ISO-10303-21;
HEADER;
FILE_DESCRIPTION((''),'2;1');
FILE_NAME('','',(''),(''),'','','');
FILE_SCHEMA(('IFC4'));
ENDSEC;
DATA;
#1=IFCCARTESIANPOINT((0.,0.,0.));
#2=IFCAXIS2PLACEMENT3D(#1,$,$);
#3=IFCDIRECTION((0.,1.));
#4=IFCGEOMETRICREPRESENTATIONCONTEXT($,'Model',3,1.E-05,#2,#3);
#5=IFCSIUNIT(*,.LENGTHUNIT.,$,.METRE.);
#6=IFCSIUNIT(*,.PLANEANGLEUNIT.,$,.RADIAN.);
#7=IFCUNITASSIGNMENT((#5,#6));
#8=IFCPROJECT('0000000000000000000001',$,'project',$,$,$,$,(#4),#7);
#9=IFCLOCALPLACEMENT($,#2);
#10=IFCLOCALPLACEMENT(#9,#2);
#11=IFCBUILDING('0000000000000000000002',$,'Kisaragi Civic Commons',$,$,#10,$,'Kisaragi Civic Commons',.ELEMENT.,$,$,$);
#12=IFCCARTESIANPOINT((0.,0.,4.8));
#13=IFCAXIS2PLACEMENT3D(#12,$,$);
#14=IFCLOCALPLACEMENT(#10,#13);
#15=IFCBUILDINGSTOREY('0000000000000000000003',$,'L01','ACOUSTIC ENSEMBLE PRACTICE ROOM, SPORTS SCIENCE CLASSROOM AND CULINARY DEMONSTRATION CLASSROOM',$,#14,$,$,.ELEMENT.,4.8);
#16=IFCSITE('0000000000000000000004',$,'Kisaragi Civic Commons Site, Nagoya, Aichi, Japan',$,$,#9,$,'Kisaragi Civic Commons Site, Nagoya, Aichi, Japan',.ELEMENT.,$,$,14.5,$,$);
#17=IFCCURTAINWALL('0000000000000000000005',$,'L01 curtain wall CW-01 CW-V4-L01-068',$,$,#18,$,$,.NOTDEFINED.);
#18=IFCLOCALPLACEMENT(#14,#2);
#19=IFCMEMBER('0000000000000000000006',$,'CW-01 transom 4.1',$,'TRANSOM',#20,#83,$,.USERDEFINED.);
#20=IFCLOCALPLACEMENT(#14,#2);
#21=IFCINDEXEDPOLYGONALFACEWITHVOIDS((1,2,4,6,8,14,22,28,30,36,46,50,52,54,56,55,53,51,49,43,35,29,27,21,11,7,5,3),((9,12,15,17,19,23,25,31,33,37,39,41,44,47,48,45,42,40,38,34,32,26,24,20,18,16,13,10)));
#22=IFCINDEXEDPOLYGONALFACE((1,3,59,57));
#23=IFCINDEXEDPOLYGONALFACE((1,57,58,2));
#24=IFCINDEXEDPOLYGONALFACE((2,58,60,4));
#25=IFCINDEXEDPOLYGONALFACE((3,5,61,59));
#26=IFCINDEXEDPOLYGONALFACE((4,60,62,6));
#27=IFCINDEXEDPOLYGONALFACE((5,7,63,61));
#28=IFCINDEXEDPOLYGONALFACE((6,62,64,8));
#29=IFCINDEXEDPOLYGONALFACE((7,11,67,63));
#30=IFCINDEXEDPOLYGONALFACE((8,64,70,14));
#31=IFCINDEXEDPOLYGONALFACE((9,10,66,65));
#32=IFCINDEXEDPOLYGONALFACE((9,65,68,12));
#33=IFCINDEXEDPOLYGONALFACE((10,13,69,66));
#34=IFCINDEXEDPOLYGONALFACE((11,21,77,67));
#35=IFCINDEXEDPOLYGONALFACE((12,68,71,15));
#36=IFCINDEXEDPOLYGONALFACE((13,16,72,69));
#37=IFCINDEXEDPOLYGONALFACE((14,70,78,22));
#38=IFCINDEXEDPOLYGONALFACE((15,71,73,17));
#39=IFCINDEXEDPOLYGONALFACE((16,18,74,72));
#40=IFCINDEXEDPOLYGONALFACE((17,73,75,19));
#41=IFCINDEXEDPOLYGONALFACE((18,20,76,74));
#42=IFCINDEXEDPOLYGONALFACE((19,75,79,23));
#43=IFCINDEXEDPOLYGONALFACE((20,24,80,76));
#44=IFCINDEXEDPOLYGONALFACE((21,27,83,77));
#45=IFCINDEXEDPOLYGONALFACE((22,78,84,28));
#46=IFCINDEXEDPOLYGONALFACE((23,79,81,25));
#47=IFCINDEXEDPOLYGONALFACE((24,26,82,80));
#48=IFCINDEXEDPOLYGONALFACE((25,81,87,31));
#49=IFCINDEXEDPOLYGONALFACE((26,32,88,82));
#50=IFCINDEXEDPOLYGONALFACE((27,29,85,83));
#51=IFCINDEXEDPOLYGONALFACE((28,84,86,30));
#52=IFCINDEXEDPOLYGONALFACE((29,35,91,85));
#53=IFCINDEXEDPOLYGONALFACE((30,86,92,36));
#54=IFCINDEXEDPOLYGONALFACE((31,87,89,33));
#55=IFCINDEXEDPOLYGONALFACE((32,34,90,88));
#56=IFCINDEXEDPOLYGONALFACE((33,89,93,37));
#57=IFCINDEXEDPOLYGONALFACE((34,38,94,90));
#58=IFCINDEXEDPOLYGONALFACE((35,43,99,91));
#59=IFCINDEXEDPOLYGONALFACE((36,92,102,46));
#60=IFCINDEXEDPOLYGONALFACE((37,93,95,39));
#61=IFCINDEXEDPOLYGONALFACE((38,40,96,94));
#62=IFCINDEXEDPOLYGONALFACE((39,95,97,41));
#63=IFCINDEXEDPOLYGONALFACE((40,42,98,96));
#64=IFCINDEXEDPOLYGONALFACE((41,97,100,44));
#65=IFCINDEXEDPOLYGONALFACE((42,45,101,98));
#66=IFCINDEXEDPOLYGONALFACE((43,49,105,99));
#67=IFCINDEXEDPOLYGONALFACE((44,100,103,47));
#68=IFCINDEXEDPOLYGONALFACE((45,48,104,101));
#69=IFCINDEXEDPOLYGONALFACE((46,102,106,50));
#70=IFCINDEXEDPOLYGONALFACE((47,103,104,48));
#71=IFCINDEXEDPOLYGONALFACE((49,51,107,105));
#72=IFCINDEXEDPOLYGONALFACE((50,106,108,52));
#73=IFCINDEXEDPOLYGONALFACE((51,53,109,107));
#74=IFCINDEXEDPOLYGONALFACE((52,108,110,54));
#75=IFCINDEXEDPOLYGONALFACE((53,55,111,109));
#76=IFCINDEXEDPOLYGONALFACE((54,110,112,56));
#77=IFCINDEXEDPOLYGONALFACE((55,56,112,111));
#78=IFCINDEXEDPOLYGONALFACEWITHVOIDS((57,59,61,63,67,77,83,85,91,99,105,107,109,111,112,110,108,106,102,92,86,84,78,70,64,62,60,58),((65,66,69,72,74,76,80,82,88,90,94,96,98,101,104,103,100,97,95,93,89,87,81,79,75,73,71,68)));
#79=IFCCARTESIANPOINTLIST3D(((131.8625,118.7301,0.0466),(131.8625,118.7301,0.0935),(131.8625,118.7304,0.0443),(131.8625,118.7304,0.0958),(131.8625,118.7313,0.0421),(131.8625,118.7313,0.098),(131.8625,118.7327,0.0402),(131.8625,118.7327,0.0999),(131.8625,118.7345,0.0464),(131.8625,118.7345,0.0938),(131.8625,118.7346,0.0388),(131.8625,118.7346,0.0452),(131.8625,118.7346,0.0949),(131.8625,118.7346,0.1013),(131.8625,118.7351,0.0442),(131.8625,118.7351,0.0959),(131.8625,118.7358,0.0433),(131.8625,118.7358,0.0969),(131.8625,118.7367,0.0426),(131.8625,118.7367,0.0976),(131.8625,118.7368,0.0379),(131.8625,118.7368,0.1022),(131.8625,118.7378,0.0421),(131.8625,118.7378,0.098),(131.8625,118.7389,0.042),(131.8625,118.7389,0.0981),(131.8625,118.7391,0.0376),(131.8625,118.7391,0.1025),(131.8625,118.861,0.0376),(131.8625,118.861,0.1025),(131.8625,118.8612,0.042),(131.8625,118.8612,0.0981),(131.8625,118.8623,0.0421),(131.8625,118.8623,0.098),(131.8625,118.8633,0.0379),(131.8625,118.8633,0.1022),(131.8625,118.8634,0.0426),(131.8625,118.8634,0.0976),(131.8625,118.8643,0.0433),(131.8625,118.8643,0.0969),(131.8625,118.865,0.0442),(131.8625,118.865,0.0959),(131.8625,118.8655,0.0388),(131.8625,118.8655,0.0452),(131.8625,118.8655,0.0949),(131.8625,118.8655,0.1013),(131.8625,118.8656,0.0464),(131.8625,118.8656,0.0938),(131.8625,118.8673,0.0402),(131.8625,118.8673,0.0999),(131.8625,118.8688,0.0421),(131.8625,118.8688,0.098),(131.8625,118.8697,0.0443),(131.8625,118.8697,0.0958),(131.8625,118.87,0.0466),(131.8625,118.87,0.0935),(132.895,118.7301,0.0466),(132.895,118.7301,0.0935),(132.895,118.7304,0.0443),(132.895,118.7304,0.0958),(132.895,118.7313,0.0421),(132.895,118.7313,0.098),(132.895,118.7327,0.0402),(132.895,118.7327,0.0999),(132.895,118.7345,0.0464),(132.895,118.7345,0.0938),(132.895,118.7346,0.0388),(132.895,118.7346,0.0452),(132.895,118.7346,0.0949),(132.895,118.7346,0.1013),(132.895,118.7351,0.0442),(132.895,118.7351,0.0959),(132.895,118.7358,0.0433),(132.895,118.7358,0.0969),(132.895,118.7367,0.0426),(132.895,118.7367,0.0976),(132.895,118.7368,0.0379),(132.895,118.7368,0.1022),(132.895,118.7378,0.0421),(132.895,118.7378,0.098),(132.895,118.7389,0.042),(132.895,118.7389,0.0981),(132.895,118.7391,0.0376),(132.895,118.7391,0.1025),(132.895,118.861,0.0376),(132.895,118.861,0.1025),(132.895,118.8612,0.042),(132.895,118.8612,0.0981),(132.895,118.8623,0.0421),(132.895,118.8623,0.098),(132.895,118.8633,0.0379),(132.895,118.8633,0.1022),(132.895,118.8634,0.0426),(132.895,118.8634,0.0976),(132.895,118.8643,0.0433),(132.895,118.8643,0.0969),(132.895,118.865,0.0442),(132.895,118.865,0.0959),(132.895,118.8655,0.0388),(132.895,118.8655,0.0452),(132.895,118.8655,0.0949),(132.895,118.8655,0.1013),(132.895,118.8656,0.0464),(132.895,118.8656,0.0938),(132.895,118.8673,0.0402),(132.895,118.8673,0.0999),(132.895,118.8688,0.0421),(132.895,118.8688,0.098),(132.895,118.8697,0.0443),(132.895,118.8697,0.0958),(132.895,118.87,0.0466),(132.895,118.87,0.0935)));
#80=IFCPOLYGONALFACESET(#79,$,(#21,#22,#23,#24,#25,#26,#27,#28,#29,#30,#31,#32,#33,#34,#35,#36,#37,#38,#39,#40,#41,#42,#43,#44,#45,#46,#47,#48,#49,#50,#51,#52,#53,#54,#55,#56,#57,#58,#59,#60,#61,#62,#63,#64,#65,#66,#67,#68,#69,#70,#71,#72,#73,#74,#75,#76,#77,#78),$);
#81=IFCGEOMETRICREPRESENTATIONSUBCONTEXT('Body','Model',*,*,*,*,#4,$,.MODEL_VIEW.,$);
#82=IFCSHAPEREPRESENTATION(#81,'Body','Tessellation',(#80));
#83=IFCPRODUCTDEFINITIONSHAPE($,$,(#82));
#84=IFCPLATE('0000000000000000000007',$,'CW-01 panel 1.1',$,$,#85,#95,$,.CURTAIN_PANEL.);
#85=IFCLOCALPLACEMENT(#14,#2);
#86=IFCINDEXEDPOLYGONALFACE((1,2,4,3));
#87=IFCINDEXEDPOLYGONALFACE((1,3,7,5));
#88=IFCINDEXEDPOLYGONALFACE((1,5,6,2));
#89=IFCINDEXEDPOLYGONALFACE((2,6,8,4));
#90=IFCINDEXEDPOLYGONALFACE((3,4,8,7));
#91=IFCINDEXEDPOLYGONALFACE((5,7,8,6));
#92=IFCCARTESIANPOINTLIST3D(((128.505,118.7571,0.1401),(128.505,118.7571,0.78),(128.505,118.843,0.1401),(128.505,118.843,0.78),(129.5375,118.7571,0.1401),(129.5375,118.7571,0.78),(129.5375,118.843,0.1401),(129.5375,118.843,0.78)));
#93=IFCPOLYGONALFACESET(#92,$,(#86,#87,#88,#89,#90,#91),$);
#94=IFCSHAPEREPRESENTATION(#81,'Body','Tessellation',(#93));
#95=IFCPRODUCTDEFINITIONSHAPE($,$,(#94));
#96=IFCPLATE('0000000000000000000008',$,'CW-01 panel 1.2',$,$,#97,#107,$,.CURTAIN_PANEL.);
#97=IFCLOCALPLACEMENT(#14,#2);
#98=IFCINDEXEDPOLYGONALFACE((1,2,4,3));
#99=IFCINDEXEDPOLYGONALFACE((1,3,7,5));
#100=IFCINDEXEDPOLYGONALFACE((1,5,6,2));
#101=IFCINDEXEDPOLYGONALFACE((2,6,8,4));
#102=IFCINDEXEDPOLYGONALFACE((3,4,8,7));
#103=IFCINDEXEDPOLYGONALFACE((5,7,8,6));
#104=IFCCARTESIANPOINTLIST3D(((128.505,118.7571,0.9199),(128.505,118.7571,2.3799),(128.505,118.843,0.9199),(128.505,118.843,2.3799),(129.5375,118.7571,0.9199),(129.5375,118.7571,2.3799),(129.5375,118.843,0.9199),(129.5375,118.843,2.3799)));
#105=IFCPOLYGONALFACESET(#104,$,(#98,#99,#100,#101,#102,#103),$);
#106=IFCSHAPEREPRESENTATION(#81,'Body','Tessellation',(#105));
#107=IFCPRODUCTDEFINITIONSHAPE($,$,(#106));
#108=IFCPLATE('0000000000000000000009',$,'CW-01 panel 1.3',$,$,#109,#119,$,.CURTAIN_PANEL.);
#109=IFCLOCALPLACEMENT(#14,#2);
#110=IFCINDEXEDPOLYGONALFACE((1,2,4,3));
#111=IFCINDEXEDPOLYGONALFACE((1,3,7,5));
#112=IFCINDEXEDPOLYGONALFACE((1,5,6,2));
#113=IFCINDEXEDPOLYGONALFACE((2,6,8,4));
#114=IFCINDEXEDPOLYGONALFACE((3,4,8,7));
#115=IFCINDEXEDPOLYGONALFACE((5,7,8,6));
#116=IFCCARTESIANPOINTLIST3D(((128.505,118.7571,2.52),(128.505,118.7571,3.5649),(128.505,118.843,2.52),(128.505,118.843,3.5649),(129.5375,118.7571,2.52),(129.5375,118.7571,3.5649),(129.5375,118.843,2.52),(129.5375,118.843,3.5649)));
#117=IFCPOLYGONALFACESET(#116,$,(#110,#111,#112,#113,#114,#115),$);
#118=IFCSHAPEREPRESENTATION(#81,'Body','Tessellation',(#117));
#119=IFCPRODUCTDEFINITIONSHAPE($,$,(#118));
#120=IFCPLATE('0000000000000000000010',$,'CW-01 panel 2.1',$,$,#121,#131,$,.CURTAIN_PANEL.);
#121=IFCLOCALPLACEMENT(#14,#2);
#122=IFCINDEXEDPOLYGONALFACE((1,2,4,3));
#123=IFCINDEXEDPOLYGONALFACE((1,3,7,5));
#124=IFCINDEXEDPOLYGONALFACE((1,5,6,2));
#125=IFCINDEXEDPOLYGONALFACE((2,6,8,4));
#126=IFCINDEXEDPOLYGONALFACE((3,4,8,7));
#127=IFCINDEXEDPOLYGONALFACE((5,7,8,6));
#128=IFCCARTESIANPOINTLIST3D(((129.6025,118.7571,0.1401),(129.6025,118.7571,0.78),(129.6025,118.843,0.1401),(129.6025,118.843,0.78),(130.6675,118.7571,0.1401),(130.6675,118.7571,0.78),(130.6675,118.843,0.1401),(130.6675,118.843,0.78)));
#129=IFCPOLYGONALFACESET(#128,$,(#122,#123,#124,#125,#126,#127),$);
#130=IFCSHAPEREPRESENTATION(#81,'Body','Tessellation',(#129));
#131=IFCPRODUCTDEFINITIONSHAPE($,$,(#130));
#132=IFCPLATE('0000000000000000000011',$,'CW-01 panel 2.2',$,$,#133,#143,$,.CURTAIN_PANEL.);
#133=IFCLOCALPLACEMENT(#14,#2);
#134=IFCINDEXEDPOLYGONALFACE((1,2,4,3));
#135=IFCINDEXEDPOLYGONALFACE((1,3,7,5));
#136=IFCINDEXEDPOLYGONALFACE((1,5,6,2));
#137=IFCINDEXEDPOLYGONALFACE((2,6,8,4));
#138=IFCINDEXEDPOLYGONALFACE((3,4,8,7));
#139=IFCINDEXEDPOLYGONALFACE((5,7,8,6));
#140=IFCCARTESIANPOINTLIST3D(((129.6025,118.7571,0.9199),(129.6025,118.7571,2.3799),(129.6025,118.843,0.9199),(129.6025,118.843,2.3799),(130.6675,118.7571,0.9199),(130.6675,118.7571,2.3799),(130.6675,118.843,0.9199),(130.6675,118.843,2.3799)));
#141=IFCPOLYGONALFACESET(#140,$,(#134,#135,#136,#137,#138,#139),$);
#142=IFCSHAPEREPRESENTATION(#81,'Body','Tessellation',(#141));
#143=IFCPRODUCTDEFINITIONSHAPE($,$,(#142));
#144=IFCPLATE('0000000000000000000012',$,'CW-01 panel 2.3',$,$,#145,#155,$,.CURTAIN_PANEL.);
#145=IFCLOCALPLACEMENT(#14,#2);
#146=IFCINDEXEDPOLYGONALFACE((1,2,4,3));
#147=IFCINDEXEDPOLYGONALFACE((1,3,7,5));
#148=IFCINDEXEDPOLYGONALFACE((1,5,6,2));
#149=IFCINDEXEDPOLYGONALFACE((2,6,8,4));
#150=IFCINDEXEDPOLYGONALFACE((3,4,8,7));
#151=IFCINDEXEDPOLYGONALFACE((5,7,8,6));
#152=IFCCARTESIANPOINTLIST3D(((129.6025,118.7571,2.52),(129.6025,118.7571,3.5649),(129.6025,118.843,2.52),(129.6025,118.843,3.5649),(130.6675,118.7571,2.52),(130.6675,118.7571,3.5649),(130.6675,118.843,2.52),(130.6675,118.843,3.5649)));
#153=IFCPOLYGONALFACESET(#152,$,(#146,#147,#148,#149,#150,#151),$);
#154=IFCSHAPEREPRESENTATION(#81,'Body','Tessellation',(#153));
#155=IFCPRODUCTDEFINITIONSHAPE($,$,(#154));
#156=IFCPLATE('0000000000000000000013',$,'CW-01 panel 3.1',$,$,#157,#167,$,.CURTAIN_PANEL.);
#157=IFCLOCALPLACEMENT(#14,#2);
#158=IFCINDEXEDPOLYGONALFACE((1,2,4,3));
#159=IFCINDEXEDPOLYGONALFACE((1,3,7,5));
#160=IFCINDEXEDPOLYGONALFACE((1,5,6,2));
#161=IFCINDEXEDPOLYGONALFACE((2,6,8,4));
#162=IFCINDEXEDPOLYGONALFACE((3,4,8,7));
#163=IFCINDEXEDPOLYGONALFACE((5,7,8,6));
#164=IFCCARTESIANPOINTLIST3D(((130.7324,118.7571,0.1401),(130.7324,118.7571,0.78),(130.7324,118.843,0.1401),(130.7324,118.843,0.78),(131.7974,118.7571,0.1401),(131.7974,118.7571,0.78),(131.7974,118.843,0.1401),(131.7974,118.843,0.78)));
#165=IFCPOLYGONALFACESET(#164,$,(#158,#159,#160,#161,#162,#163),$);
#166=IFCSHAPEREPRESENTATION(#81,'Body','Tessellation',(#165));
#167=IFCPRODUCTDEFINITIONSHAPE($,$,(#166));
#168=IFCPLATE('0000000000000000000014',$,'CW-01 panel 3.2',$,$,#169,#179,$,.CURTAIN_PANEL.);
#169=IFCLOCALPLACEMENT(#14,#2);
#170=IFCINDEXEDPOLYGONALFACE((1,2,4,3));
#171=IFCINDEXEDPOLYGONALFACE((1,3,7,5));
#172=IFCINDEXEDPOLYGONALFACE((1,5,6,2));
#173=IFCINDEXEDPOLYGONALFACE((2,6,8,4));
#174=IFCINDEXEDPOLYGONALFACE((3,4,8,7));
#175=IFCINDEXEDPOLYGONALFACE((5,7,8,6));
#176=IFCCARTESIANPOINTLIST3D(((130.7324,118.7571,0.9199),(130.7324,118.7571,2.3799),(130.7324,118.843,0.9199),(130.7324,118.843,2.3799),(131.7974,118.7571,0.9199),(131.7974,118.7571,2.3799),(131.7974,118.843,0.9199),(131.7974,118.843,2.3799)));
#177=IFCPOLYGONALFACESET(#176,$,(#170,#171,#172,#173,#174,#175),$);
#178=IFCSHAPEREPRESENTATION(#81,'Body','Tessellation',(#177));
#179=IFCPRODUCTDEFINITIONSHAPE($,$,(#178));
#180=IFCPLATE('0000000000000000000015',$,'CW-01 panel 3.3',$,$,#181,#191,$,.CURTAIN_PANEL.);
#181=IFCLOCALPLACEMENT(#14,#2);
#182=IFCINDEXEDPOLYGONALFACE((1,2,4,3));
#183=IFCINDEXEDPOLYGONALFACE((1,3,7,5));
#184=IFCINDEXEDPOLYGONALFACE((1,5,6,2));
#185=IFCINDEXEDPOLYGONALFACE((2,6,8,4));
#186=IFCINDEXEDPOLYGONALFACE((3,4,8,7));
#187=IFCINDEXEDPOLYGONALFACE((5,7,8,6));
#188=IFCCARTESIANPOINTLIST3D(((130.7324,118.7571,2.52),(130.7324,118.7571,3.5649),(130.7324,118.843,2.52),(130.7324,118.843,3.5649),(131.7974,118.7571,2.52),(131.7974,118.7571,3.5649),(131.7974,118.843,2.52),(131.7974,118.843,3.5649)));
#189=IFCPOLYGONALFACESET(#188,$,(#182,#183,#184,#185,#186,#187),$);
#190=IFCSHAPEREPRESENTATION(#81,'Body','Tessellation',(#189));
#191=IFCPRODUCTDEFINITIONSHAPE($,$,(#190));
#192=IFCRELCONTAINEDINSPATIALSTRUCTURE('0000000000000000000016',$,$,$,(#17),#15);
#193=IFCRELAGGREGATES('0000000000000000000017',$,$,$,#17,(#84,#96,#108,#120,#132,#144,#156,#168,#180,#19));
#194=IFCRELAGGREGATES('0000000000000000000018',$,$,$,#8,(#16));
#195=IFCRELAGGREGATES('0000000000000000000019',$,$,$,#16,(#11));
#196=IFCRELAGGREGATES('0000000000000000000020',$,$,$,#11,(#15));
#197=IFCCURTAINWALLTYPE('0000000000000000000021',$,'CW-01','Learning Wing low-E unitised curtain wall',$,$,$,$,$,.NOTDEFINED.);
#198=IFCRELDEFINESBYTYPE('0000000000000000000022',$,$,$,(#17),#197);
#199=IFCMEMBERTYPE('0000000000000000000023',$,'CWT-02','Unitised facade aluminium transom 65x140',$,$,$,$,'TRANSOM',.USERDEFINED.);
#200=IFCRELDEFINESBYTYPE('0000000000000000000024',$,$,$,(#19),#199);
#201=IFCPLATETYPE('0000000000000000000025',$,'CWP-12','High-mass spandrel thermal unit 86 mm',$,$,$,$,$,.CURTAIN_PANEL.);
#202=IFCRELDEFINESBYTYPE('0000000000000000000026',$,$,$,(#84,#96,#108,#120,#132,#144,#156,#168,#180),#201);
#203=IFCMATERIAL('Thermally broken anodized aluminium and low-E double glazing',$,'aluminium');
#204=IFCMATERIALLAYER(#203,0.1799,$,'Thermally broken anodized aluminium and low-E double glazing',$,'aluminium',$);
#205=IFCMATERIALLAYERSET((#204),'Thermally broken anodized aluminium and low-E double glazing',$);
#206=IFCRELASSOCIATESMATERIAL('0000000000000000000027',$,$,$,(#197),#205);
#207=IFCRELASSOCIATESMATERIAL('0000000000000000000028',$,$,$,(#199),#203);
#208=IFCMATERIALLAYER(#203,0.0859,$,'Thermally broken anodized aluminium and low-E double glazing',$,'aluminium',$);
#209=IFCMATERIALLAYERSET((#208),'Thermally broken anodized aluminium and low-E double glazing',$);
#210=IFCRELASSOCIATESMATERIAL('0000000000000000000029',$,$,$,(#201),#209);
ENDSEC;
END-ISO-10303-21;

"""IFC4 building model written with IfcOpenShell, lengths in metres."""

from ifc_helpers import new_model, si_unit, direction, frame, origin, origin_2d, place, context, subcontext, project, spatial, rectangle, hollow_rectangle, extrude, material, layer, layer_set, material_profile, profile_set, type_object, element, aggregate, save


model = new_model("IFC4")

# Units and contexts
model_context = context("Model", 3, precision=1e-05, world=origin(), true_north=direction((0.0, 1.0)))
body_context = subcontext(model_context, "Body", "Model", "MODEL_VIEW")
ifc_project = project(units=[si_unit("LENGTHUNIT", "METRE"), si_unit("PLANEANGLEUNIT", "RADIAN")], contexts=[model_context])

# Site, building, storey
site_placement = place(None, origin())
site = spatial("IfcSite", under=ifc_project, at=site_placement, Name="Kisaragi Civic Commons Site, Nagoya, Aichi, Japan", LongName="Kisaragi Civic Commons Site, Nagoya, Aichi, Japan", CompositionType="ELEMENT", RefElevation=14.5)
building_placement = place(site_placement, origin())
building = spatial("IfcBuilding", under=site, at=building_placement, Name="Kisaragi Civic Commons", LongName="Kisaragi Civic Commons", CompositionType="ELEMENT")
storey_placement = place(building_placement, frame((0.0, 0.0, 4.8)))
storey = spatial("IfcBuildingStorey", under=building, at=storey_placement, Name="L01", Description="ACOUSTIC ENSEMBLE PRACTICE ROOM, SPORTS SCIENCE CLASSROOM AND CULINARY DEMONSTRATION CLASSROOM", CompositionType="ELEMENT", Elevation=4.8)

# Curtain wall, member, plates
ifc_material = material(Name="Thermally broken anodized aluminium and low-E double glazing", Category="aluminium")
ifc_layer_1 = layer(ifc_material, 0.1799, Name="Thermally broken anodized aluminium and low-E double glazing", Category="aluminium")
ifc_layer_set_1 = layer_set([ifc_layer_1], Name="Thermally broken anodized aluminium and low-E double glazing")
curtain_wall_type = type_object("IfcCurtainWallType", Name="CW-01", Description="Learning Wing low-E unitised curtain wall", PredefinedType="NOTDEFINED", material=ifc_layer_set_1)
curtain_wall_placement = place(storey_placement, origin())
curtain_wall = element("IfcCurtainWall", 1, at=curtain_wall_placement, inside=storey, type_object=curtain_wall_type, Name="L01 curtain wall CW-01 CW-V4-L01-068", PredefinedType="NOTDEFINED")
ifc_material_profile_1 = material_profile(ifc_material, hollow_rectangle(XDim=0.1399, YDim=0.0649, WallThickness=0.0044, InnerFilletRadius=0.0044, OuterFilletRadius=0.009, at=origin_2d()), Name="CWT-65x140x4.5", Category="aluminium")
ifc_profile_set_1 = profile_set([ifc_material_profile_1], Name="Thermally broken anodized aluminium and low-E double glazing")
member_type_1 = type_object("IfcMemberType", Name="CWT-02", Description="Unitised facade aluminium transom 65x140", ElementType="TRANSOM", PredefinedType="USERDEFINED", material=ifc_profile_set_1)
member_1_placement = place(storey_placement, frame((131.8625, 118.8, 0.0701), z_axis=(1.0, 0.0, 0.0), x_axis=(0.0, 1.0, 0.0)))
member_1 = element("IfcMember", 2, at=member_1_placement, type_object=member_type_1, Name="CW-01 transom 4.1", ObjectType="TRANSOM", PredefinedType="USERDEFINED", context=body_context, shape_type="SweptSolid", body=[
    extrude(hollow_rectangle(XDim=0.1399, YDim=0.0649, WallThickness=0.0044, InnerFilletRadius=0.0044, OuterFilletRadius=0.009, at=origin_2d()), origin(), (0.0, 0.0, 1.0), 1.0325),
])
ifc_layer_2 = layer(ifc_material, 0.0859, Name="Thermally broken anodized aluminium and low-E double glazing", Category="aluminium")
ifc_layer_set_2 = layer_set([ifc_layer_2], Name="Thermally broken anodized aluminium and low-E double glazing")
plate_type = type_object("IfcPlateType", Name="CWP-12", Description="High-mass spandrel thermal unit 86 mm", PredefinedType="CURTAIN_PANEL", material=ifc_layer_set_2)
plate_1_placement = place(storey_placement, frame((129.0212, 118.8, 0.1401), z_axis=(0.0, 0.0, 1.0), x_axis=(1.0, 0.0, 0.0)))
plate_1 = element("IfcPlate", 3, at=plate_1_placement, type_object=plate_type, Name="CW-01 panel 1.1", PredefinedType="CURTAIN_PANEL", context=body_context, shape_type="SweptSolid", body=[
    extrude(rectangle(XDim=1.0325, YDim=0.0859, at=origin_2d()), origin(), (0.0, 0.0, 1.0), 0.6399),
])
plate_2_placement = place(storey_placement, frame((129.0212, 118.8, 0.9199), z_axis=(0.0, 0.0, 1.0), x_axis=(1.0, 0.0, 0.0)))
plate_2 = element("IfcPlate", 4, at=plate_2_placement, type_object=plate_type, Name="CW-01 panel 1.2", PredefinedType="CURTAIN_PANEL", context=body_context, shape_type="SweptSolid", body=[
    extrude(rectangle(XDim=1.0325, YDim=0.0859, at=origin_2d()), origin(), (0.0, 0.0, 1.0), 1.46),
])
plate_3_placement = place(storey_placement, frame((129.0212, 118.8, 2.52), z_axis=(0.0, 0.0, 1.0), x_axis=(1.0, 0.0, 0.0)))
plate_3 = element("IfcPlate", 5, at=plate_3_placement, type_object=plate_type, Name="CW-01 panel 1.3", PredefinedType="CURTAIN_PANEL", context=body_context, shape_type="SweptSolid", body=[
    extrude(rectangle(XDim=1.0325, YDim=0.0859, at=origin_2d()), origin(), (0.0, 0.0, 1.0), 1.0449),
])
plate_4_placement = place(storey_placement, frame((130.135, 118.8, 0.1401), z_axis=(0.0, 0.0, 1.0), x_axis=(1.0, 0.0, 0.0)))
plate_4 = element("IfcPlate", 6, at=plate_4_placement, type_object=plate_type, Name="CW-01 panel 2.1", PredefinedType="CURTAIN_PANEL", context=body_context, shape_type="SweptSolid", body=[
    extrude(rectangle(XDim=1.0649, YDim=0.0859, at=origin_2d()), origin(), (0.0, 0.0, 1.0), 0.6399),
])
plate_5_placement = place(storey_placement, frame((130.135, 118.8, 0.9199), z_axis=(0.0, 0.0, 1.0), x_axis=(1.0, 0.0, 0.0)))
plate_5 = element("IfcPlate", 7, at=plate_5_placement, type_object=plate_type, Name="CW-01 panel 2.2", PredefinedType="CURTAIN_PANEL", context=body_context, shape_type="SweptSolid", body=[
    extrude(rectangle(XDim=1.0649, YDim=0.0859, at=origin_2d()), origin(), (0.0, 0.0, 1.0), 1.46),
])
plate_6_placement = place(storey_placement, frame((130.135, 118.8, 2.52), z_axis=(0.0, 0.0, 1.0), x_axis=(1.0, 0.0, 0.0)))
plate_6 = element("IfcPlate", 8, at=plate_6_placement, type_object=plate_type, Name="CW-01 panel 2.3", PredefinedType="CURTAIN_PANEL", context=body_context, shape_type="SweptSolid", body=[
    extrude(rectangle(XDim=1.0649, YDim=0.0859, at=origin_2d()), origin(), (0.0, 0.0, 1.0), 1.0449),
])
plate_7_placement = place(storey_placement, frame((131.2649, 118.8, 0.1401), z_axis=(0.0, 0.0, 1.0), x_axis=(1.0, 0.0, 0.0)))
plate_7 = element("IfcPlate", 9, at=plate_7_placement, type_object=plate_type, Name="CW-01 panel 3.1", PredefinedType="CURTAIN_PANEL", context=body_context, shape_type="SweptSolid", body=[
    extrude(rectangle(XDim=1.0649, YDim=0.0859, at=origin_2d()), origin(), (0.0, 0.0, 1.0), 0.6399),
])
plate_8_placement = place(storey_placement, frame((131.2649, 118.8, 0.9199), z_axis=(0.0, 0.0, 1.0), x_axis=(1.0, 0.0, 0.0)))
plate_8 = element("IfcPlate", 10, at=plate_8_placement, type_object=plate_type, Name="CW-01 panel 3.2", PredefinedType="CURTAIN_PANEL", context=body_context, shape_type="SweptSolid", body=[
    extrude(rectangle(XDim=1.0649, YDim=0.0859, at=origin_2d()), origin(), (0.0, 0.0, 1.0), 1.46),
])
plate_9_placement = place(storey_placement, frame((131.2649, 118.8, 2.52), z_axis=(0.0, 0.0, 1.0), x_axis=(1.0, 0.0, 0.0)))
plate_9 = element("IfcPlate", 11, at=plate_9_placement, type_object=plate_type, Name="CW-01 panel 3.3", PredefinedType="CURTAIN_PANEL", context=body_context, shape_type="SweptSolid", body=[
    extrude(rectangle(XDim=1.0649, YDim=0.0859, at=origin_2d()), origin(), (0.0, 0.0, 1.0), 1.0449),
])
aggregate(curtain_wall, [plate_1, plate_2, plate_3, plate_4, plate_5, plate_6, plate_7, plate_8, plate_9, member_1])

save(model, "model.ifc")
